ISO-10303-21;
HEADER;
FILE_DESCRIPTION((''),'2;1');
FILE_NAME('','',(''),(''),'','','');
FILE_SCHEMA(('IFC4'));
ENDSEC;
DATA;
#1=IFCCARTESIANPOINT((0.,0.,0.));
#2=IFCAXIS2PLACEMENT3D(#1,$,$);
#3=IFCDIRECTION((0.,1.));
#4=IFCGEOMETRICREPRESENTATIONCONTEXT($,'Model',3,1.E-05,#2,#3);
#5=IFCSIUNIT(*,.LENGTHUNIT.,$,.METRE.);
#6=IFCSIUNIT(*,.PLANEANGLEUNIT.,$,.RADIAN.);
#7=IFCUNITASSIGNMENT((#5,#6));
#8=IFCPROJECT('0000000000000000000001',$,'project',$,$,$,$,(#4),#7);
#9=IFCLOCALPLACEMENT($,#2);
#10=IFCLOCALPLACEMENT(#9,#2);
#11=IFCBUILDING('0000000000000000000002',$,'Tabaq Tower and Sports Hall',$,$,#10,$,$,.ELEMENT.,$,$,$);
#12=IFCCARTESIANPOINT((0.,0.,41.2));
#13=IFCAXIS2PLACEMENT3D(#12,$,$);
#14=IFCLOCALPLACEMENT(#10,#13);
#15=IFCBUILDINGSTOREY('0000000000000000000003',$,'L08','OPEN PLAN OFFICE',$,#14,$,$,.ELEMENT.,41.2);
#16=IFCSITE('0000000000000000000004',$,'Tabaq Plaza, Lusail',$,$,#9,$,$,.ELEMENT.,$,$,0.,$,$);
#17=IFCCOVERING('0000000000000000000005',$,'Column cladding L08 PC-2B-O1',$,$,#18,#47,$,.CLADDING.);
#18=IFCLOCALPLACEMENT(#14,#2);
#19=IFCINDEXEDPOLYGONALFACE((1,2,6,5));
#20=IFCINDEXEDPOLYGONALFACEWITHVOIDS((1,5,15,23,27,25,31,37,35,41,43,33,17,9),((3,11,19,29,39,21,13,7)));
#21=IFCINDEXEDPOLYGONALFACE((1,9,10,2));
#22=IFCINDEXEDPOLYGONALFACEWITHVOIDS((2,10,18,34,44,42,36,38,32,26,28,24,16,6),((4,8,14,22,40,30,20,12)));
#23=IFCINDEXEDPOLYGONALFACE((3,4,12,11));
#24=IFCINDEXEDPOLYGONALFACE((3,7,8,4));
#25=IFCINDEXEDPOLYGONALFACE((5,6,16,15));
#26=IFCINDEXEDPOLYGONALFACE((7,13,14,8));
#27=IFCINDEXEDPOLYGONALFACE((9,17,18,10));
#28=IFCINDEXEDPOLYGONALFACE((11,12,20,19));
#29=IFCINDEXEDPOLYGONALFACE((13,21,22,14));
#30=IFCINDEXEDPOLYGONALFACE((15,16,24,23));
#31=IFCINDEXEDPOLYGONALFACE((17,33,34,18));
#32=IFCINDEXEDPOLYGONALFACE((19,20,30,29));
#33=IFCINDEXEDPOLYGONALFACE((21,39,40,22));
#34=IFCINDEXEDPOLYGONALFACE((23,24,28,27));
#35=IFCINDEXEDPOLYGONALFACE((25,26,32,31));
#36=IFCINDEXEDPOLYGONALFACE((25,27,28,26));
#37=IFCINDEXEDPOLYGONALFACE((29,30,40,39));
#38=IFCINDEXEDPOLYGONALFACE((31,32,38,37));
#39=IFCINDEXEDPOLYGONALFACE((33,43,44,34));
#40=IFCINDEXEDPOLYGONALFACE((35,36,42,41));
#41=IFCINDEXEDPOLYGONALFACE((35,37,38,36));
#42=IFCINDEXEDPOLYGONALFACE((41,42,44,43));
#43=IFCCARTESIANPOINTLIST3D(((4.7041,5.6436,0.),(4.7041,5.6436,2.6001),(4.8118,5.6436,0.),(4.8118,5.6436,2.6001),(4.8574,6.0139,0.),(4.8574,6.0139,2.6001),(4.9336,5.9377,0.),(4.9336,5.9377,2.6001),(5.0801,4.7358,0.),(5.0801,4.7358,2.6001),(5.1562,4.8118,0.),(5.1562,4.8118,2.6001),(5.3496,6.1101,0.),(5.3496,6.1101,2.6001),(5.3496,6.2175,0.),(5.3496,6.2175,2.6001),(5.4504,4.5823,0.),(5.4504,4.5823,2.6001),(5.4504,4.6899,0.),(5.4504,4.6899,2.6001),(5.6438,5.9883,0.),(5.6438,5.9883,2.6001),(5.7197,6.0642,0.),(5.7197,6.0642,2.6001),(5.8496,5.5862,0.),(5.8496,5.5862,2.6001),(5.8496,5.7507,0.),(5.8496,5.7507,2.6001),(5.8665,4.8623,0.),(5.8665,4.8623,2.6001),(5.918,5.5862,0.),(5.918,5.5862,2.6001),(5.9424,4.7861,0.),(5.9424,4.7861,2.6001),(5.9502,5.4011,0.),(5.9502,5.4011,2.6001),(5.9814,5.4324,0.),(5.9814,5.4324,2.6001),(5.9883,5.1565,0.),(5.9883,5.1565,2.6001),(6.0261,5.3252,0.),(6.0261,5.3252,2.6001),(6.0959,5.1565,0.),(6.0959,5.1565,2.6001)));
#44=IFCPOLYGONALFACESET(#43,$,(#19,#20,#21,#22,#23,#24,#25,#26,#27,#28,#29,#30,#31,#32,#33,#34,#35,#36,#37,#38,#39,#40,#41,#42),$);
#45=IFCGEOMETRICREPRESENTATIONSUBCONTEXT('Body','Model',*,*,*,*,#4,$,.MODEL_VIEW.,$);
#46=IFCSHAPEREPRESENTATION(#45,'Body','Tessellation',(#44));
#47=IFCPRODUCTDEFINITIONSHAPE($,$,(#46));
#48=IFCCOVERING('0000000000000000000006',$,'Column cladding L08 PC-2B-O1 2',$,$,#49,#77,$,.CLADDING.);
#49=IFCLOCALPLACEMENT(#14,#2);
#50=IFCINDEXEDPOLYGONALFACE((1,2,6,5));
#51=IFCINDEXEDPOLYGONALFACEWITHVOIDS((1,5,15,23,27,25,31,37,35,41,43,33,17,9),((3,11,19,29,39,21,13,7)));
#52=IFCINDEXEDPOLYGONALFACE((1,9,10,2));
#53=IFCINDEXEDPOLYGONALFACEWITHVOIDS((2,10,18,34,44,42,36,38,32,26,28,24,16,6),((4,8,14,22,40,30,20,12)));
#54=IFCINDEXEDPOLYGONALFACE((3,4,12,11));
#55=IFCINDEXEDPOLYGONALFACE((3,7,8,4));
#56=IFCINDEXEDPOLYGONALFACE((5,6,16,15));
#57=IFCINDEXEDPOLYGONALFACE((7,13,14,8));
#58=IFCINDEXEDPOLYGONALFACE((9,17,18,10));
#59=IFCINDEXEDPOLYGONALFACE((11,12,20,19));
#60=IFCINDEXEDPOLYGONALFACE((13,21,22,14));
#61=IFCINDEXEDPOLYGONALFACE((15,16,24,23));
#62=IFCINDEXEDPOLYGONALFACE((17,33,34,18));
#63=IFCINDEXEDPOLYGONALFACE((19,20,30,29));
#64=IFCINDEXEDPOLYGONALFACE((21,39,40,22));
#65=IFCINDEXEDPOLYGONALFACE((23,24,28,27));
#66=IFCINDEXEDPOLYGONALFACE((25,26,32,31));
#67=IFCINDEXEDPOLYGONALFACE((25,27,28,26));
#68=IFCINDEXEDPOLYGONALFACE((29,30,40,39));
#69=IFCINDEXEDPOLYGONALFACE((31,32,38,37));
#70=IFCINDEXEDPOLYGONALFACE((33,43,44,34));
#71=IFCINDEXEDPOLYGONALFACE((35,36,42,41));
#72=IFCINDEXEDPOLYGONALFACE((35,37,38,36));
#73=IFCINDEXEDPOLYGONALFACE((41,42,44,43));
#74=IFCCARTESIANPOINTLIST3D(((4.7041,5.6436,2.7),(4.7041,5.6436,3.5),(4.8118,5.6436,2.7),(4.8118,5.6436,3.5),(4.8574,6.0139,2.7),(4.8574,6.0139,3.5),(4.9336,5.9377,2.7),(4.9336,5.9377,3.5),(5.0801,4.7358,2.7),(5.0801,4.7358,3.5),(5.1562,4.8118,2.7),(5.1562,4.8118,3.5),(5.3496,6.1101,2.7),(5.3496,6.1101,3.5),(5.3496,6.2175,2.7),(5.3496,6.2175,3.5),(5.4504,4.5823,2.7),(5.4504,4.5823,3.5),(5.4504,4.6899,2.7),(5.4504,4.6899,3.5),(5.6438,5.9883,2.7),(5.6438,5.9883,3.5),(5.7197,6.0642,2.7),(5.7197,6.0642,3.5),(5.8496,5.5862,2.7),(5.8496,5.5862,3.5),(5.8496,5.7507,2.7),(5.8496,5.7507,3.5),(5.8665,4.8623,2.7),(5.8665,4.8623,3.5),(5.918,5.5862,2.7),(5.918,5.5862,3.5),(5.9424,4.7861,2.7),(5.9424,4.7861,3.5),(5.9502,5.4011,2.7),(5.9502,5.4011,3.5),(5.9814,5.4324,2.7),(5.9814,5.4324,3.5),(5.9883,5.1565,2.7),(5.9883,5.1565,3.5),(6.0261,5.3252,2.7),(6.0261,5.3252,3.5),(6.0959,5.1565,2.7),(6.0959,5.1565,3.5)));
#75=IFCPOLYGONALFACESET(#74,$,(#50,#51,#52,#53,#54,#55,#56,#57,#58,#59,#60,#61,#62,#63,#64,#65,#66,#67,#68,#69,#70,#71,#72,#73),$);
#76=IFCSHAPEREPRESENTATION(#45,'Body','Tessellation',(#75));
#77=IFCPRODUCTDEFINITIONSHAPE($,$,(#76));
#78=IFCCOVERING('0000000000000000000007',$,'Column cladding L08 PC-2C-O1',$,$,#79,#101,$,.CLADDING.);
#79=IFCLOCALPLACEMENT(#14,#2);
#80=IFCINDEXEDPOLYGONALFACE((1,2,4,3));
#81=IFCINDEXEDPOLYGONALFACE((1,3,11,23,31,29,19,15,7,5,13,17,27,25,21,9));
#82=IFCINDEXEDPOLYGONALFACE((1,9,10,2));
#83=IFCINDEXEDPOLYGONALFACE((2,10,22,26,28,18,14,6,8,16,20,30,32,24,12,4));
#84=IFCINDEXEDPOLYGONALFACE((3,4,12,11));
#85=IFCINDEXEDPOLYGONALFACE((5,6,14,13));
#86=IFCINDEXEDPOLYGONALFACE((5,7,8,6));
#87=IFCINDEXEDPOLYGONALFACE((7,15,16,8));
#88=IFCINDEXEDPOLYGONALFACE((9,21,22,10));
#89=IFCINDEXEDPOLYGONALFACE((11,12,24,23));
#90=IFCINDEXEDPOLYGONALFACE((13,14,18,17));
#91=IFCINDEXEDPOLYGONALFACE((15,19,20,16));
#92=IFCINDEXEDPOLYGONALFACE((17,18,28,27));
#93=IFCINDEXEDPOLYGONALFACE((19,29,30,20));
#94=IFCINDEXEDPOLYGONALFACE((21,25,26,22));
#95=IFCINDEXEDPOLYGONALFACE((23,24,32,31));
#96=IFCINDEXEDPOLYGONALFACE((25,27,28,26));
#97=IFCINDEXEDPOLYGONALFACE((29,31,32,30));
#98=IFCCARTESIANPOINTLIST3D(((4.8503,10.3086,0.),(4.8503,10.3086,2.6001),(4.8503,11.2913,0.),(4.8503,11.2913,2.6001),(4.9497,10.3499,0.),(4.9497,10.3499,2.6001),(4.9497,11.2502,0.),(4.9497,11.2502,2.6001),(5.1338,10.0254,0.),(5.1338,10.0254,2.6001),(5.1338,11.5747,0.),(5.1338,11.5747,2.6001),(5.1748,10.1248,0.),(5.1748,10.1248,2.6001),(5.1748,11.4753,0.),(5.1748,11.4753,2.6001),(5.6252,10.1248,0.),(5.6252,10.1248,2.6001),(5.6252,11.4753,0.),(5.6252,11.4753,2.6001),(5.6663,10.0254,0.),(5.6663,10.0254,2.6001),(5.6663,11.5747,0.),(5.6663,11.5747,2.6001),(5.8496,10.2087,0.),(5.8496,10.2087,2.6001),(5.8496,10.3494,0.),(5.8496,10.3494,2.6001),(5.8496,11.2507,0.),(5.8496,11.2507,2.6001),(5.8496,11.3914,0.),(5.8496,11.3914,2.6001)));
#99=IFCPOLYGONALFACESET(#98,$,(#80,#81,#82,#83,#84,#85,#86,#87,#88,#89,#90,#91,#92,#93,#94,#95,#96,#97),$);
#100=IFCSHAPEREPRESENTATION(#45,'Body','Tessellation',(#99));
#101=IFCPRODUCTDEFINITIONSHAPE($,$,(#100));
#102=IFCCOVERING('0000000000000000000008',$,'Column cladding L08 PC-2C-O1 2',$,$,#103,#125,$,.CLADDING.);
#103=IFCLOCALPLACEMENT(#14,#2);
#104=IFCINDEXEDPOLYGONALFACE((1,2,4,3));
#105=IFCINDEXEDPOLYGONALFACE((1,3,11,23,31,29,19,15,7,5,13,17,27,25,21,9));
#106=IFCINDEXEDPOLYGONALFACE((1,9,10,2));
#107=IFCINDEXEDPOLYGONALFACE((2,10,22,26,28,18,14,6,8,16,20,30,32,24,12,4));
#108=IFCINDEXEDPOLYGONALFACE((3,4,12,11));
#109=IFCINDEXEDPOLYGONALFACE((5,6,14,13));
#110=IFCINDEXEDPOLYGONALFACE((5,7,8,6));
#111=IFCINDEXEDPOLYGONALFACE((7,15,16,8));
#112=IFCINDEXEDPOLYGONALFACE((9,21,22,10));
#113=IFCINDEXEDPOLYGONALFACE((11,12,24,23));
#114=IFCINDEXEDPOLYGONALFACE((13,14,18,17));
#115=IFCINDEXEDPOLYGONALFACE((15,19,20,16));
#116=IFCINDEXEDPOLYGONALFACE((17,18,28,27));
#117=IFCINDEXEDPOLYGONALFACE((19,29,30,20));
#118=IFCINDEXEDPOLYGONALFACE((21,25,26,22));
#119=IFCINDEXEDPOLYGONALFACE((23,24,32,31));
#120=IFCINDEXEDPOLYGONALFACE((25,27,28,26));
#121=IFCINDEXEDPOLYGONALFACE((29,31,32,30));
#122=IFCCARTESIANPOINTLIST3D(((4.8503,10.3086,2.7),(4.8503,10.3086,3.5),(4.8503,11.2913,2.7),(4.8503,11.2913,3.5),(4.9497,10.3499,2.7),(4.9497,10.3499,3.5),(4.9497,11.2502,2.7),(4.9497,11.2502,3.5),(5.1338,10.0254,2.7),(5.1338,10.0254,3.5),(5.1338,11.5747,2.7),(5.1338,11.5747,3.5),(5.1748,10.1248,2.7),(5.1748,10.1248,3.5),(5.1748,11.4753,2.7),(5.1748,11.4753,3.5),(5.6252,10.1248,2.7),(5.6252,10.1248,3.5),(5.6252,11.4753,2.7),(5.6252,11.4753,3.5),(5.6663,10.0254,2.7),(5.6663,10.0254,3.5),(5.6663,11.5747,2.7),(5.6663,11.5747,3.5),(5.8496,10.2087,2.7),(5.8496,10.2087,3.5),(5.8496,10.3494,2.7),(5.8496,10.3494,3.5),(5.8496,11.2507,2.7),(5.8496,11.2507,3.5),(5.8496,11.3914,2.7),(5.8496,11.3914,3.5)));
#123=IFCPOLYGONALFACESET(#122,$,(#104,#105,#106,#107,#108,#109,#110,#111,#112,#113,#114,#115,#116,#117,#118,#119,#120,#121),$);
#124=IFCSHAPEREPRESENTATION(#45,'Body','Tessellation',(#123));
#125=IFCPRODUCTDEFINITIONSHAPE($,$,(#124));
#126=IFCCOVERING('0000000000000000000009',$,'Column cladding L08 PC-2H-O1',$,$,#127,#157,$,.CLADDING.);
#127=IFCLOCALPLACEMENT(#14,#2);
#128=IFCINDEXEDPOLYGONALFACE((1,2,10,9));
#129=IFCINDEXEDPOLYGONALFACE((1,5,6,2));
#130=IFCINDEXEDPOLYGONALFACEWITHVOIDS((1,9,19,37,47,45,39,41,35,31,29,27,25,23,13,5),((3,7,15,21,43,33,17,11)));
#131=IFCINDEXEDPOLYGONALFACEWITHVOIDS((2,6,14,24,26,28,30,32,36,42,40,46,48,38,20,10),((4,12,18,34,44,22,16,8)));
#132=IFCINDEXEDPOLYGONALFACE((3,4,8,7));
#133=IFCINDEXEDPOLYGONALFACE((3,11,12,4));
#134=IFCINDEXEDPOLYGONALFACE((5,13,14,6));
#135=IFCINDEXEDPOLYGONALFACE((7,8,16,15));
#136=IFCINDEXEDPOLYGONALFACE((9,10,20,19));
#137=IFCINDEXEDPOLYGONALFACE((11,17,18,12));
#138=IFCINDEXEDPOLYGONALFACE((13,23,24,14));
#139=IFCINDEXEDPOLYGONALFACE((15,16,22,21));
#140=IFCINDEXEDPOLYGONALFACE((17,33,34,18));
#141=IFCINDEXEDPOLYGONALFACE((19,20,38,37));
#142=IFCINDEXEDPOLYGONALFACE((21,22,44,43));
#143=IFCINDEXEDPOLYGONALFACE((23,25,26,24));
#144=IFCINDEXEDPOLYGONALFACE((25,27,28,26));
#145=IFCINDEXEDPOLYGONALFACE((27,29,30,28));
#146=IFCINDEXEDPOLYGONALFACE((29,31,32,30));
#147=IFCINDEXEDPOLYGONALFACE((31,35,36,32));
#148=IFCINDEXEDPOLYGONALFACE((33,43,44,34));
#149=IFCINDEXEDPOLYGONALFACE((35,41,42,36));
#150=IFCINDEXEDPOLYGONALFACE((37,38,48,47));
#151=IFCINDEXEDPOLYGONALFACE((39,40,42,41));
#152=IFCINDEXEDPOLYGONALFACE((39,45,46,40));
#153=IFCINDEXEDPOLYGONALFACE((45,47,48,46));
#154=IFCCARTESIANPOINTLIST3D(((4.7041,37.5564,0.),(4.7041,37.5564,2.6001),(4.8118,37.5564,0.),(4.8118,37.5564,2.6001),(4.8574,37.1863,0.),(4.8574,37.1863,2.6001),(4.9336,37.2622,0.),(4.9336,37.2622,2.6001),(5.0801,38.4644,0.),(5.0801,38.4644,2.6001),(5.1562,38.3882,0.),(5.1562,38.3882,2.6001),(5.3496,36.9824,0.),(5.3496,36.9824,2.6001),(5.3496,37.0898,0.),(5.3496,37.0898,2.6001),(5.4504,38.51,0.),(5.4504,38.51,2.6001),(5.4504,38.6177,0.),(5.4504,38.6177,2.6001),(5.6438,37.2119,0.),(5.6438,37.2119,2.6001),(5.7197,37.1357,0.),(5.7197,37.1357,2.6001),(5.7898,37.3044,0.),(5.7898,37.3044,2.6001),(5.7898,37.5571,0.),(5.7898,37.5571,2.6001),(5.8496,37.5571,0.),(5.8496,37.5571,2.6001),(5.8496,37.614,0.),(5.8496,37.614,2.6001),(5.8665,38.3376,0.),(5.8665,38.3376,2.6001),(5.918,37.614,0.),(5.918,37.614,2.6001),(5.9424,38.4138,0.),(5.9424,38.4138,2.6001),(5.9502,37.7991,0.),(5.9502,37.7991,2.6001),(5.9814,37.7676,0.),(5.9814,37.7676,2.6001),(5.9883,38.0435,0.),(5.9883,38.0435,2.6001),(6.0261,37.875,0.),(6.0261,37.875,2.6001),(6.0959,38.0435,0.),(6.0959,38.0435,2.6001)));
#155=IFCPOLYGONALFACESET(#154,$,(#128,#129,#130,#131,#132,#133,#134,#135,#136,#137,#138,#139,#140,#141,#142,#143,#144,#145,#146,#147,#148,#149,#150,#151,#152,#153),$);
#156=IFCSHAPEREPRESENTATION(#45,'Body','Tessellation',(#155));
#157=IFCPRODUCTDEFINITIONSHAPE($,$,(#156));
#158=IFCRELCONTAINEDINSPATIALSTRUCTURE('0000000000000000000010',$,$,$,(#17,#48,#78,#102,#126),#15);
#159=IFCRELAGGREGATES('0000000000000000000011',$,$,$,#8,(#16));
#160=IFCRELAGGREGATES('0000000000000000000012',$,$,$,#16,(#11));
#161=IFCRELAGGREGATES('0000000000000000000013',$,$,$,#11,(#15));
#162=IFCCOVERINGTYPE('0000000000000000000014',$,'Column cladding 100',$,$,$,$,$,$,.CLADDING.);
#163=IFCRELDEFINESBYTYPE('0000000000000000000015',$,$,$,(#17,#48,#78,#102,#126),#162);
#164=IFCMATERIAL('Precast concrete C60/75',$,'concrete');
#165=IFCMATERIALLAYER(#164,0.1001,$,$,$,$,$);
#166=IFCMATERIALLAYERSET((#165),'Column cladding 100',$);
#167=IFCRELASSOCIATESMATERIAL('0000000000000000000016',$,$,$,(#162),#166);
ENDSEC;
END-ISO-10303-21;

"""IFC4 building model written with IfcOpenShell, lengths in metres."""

from ifc_helpers import new_model, si_unit, direction, frame, origin, place, context, subcontext, project, spatial, polyline, outline, extrude, material, layer, layer_set, type_object, element, save


model = new_model("IFC4")

# Units and contexts
model_context = context("Model", 3, precision=1e-05, world=origin(), true_north=direction((0.0, 1.0)))
body_context = subcontext(model_context, "Body", "Model", "MODEL_VIEW")
ifc_project = project(units=[si_unit("LENGTHUNIT", "METRE"), si_unit("PLANEANGLEUNIT", "RADIAN")], contexts=[model_context])

# Site, building, storey
site_placement = place(None, origin())
site = spatial("IfcSite", under=ifc_project, at=site_placement, Name="Tabaq Plaza, Lusail", CompositionType="ELEMENT", RefElevation=0.0)
building_placement = place(site_placement, origin())
building = spatial("IfcBuilding", under=site, at=building_placement, Name="Tabaq Tower and Sports Hall", CompositionType="ELEMENT")
storey_placement = place(building_placement, frame((0.0, 0.0, 41.2)))
storey = spatial("IfcBuildingStorey", under=building, at=storey_placement, Name="L08", Description="OPEN PLAN OFFICE", CompositionType="ELEMENT", Elevation=41.2)

# Coverings
ifc_material_1 = material(Name="Precast concrete C60/75", Category="concrete")
ifc_layer_1 = layer(ifc_material_1, 0.1001)
ifc_layer_set_1 = layer_set([ifc_layer_1], Name="Column cladding 100")
covering_type = type_object("IfcCoveringType", Name="Column cladding 100", PredefinedType="CLADDING", material=ifc_layer_set_1)
covering_1_placement = place(storey_placement, origin())
element("IfcCovering", 1, at=covering_1_placement, inside=storey, type_object=covering_type, Name="Column cladding L08 PC-2B-O1", PredefinedType="CLADDING", context=body_context, shape_type="SweptSolid", body=[
    extrude(outline(polyline([(5.4504, 4.5823), (5.0801, 4.7358), (4.7041, 5.6436), (4.8574, 6.0139), (5.3496, 6.2175), (5.7197, 6.0642), (5.8496, 5.7507), (5.8496, 5.5862), (5.918, 5.5862), (5.9814, 5.4324), (5.9502, 5.4011), (6.0261, 5.3252), (6.0959, 5.1565), (5.9424, 4.7861), (5.4504, 4.5823)]), holes=[polyline([(5.3496, 6.1101), (4.9336, 5.9377), (4.8118, 5.6436), (5.1562, 4.8118), (5.4504, 4.6899), (5.8665, 4.8623), (5.9883, 5.1565), (5.6438, 5.9883), (5.3496, 6.1101)])]), origin(), (0.0, 0.0, 1.0), 2.6001),
])
covering_2_placement = place(storey_placement, frame((0.0, 0.0, 2.7)))
element("IfcCovering", 2, at=covering_2_placement, inside=storey, type_object=covering_type, Name="Column cladding L08 PC-2B-O1 2", PredefinedType="CLADDING", context=body_context, shape_type="SweptSolid", body=[
    extrude(outline(polyline([(5.4504, 4.5823), (5.0801, 4.7358), (4.7041, 5.6436), (4.8574, 6.0139), (5.3496, 6.2175), (5.7197, 6.0642), (5.8496, 5.7507), (5.8496, 5.5862), (5.918, 5.5862), (5.9814, 5.4324), (5.9502, 5.4011), (6.0261, 5.3252), (6.0959, 5.1565), (5.9424, 4.7861), (5.4504, 4.5823)]), holes=[polyline([(5.3496, 6.1101), (4.9336, 5.9377), (4.8118, 5.6436), (5.1562, 4.8118), (5.4504, 4.6899), (5.8665, 4.8623), (5.9883, 5.1565), (5.6438, 5.9883), (5.3496, 6.1101)])]), origin(), (0.0, 0.0, 1.0), 0.8),
])
covering_3_placement = place(storey_placement, origin())
element("IfcCovering", 3, at=covering_3_placement, inside=storey, type_object=covering_type, Name="Column cladding L08 PC-2C-O1", PredefinedType="CLADDING", context=body_context, shape_type="SweptSolid", body=[
    extrude(outline(polyline([(5.1338, 10.0254), (4.8503, 10.3086), (4.8503, 11.2913), (5.1338, 11.5747), (5.6663, 11.5747), (5.8496, 11.3914), (5.8496, 11.2507), (5.6252, 11.4753), (5.1748, 11.4753), (4.9497, 11.2502), (4.9497, 10.3499), (5.1748, 10.1248), (5.6252, 10.1248), (5.8496, 10.3494), (5.8496, 10.2087), (5.6663, 10.0254), (5.1338, 10.0254)])), origin(), (0.0, 0.0, 1.0), 2.6001),
])
covering_4_placement = place(storey_placement, frame((0.0, 0.0, 2.7)))
element("IfcCovering", 4, at=covering_4_placement, inside=storey, type_object=covering_type, Name="Column cladding L08 PC-2C-O1 2", PredefinedType="CLADDING", context=body_context, shape_type="SweptSolid", body=[
    extrude(outline(polyline([(5.1338, 10.0254), (4.8503, 10.3086), (4.8503, 11.2913), (5.1338, 11.5747), (5.6663, 11.5747), (5.8496, 11.3914), (5.8496, 11.2507), (5.6252, 11.4753), (5.1748, 11.4753), (4.9497, 11.2502), (4.9497, 10.3499), (5.1748, 10.1248), (5.6252, 10.1248), (5.8496, 10.3494), (5.8496, 10.2087), (5.6663, 10.0254), (5.1338, 10.0254)])), origin(), (0.0, 0.0, 1.0), 0.8),
])
covering_5_placement = place(storey_placement, origin())
element("IfcCovering", 5, at=covering_5_placement, inside=storey, type_object=covering_type, Name="Column cladding L08 PC-2H-O1", PredefinedType="CLADDING", context=body_context, shape_type="SweptSolid", body=[
    extrude(outline(polyline([(4.8574, 37.1863), (4.7041, 37.5564), (5.0801, 38.4644), (5.4504, 38.6177), (5.9424, 38.4138), (6.0959, 38.0435), (6.0261, 37.875), (5.9502, 37.7991), (5.9814, 37.7676), (5.918, 37.614), (5.8496, 37.614), (5.8496, 37.5571), (5.7898, 37.5571), (5.7898, 37.3044), (5.7197, 37.1357), (5.3496, 36.9824), (4.8574, 37.1863)]), holes=[polyline([(5.8665, 38.3376), (5.4504, 38.51), (5.1562, 38.3882), (4.8118, 37.5564), (4.9336, 37.2622), (5.3496, 37.0898), (5.6438, 37.2119), (5.9883, 38.0435), (5.8665, 38.3376)])]), origin(), (0.0, 0.0, 1.0), 2.6001),
])

save(model, "model.ifc")
